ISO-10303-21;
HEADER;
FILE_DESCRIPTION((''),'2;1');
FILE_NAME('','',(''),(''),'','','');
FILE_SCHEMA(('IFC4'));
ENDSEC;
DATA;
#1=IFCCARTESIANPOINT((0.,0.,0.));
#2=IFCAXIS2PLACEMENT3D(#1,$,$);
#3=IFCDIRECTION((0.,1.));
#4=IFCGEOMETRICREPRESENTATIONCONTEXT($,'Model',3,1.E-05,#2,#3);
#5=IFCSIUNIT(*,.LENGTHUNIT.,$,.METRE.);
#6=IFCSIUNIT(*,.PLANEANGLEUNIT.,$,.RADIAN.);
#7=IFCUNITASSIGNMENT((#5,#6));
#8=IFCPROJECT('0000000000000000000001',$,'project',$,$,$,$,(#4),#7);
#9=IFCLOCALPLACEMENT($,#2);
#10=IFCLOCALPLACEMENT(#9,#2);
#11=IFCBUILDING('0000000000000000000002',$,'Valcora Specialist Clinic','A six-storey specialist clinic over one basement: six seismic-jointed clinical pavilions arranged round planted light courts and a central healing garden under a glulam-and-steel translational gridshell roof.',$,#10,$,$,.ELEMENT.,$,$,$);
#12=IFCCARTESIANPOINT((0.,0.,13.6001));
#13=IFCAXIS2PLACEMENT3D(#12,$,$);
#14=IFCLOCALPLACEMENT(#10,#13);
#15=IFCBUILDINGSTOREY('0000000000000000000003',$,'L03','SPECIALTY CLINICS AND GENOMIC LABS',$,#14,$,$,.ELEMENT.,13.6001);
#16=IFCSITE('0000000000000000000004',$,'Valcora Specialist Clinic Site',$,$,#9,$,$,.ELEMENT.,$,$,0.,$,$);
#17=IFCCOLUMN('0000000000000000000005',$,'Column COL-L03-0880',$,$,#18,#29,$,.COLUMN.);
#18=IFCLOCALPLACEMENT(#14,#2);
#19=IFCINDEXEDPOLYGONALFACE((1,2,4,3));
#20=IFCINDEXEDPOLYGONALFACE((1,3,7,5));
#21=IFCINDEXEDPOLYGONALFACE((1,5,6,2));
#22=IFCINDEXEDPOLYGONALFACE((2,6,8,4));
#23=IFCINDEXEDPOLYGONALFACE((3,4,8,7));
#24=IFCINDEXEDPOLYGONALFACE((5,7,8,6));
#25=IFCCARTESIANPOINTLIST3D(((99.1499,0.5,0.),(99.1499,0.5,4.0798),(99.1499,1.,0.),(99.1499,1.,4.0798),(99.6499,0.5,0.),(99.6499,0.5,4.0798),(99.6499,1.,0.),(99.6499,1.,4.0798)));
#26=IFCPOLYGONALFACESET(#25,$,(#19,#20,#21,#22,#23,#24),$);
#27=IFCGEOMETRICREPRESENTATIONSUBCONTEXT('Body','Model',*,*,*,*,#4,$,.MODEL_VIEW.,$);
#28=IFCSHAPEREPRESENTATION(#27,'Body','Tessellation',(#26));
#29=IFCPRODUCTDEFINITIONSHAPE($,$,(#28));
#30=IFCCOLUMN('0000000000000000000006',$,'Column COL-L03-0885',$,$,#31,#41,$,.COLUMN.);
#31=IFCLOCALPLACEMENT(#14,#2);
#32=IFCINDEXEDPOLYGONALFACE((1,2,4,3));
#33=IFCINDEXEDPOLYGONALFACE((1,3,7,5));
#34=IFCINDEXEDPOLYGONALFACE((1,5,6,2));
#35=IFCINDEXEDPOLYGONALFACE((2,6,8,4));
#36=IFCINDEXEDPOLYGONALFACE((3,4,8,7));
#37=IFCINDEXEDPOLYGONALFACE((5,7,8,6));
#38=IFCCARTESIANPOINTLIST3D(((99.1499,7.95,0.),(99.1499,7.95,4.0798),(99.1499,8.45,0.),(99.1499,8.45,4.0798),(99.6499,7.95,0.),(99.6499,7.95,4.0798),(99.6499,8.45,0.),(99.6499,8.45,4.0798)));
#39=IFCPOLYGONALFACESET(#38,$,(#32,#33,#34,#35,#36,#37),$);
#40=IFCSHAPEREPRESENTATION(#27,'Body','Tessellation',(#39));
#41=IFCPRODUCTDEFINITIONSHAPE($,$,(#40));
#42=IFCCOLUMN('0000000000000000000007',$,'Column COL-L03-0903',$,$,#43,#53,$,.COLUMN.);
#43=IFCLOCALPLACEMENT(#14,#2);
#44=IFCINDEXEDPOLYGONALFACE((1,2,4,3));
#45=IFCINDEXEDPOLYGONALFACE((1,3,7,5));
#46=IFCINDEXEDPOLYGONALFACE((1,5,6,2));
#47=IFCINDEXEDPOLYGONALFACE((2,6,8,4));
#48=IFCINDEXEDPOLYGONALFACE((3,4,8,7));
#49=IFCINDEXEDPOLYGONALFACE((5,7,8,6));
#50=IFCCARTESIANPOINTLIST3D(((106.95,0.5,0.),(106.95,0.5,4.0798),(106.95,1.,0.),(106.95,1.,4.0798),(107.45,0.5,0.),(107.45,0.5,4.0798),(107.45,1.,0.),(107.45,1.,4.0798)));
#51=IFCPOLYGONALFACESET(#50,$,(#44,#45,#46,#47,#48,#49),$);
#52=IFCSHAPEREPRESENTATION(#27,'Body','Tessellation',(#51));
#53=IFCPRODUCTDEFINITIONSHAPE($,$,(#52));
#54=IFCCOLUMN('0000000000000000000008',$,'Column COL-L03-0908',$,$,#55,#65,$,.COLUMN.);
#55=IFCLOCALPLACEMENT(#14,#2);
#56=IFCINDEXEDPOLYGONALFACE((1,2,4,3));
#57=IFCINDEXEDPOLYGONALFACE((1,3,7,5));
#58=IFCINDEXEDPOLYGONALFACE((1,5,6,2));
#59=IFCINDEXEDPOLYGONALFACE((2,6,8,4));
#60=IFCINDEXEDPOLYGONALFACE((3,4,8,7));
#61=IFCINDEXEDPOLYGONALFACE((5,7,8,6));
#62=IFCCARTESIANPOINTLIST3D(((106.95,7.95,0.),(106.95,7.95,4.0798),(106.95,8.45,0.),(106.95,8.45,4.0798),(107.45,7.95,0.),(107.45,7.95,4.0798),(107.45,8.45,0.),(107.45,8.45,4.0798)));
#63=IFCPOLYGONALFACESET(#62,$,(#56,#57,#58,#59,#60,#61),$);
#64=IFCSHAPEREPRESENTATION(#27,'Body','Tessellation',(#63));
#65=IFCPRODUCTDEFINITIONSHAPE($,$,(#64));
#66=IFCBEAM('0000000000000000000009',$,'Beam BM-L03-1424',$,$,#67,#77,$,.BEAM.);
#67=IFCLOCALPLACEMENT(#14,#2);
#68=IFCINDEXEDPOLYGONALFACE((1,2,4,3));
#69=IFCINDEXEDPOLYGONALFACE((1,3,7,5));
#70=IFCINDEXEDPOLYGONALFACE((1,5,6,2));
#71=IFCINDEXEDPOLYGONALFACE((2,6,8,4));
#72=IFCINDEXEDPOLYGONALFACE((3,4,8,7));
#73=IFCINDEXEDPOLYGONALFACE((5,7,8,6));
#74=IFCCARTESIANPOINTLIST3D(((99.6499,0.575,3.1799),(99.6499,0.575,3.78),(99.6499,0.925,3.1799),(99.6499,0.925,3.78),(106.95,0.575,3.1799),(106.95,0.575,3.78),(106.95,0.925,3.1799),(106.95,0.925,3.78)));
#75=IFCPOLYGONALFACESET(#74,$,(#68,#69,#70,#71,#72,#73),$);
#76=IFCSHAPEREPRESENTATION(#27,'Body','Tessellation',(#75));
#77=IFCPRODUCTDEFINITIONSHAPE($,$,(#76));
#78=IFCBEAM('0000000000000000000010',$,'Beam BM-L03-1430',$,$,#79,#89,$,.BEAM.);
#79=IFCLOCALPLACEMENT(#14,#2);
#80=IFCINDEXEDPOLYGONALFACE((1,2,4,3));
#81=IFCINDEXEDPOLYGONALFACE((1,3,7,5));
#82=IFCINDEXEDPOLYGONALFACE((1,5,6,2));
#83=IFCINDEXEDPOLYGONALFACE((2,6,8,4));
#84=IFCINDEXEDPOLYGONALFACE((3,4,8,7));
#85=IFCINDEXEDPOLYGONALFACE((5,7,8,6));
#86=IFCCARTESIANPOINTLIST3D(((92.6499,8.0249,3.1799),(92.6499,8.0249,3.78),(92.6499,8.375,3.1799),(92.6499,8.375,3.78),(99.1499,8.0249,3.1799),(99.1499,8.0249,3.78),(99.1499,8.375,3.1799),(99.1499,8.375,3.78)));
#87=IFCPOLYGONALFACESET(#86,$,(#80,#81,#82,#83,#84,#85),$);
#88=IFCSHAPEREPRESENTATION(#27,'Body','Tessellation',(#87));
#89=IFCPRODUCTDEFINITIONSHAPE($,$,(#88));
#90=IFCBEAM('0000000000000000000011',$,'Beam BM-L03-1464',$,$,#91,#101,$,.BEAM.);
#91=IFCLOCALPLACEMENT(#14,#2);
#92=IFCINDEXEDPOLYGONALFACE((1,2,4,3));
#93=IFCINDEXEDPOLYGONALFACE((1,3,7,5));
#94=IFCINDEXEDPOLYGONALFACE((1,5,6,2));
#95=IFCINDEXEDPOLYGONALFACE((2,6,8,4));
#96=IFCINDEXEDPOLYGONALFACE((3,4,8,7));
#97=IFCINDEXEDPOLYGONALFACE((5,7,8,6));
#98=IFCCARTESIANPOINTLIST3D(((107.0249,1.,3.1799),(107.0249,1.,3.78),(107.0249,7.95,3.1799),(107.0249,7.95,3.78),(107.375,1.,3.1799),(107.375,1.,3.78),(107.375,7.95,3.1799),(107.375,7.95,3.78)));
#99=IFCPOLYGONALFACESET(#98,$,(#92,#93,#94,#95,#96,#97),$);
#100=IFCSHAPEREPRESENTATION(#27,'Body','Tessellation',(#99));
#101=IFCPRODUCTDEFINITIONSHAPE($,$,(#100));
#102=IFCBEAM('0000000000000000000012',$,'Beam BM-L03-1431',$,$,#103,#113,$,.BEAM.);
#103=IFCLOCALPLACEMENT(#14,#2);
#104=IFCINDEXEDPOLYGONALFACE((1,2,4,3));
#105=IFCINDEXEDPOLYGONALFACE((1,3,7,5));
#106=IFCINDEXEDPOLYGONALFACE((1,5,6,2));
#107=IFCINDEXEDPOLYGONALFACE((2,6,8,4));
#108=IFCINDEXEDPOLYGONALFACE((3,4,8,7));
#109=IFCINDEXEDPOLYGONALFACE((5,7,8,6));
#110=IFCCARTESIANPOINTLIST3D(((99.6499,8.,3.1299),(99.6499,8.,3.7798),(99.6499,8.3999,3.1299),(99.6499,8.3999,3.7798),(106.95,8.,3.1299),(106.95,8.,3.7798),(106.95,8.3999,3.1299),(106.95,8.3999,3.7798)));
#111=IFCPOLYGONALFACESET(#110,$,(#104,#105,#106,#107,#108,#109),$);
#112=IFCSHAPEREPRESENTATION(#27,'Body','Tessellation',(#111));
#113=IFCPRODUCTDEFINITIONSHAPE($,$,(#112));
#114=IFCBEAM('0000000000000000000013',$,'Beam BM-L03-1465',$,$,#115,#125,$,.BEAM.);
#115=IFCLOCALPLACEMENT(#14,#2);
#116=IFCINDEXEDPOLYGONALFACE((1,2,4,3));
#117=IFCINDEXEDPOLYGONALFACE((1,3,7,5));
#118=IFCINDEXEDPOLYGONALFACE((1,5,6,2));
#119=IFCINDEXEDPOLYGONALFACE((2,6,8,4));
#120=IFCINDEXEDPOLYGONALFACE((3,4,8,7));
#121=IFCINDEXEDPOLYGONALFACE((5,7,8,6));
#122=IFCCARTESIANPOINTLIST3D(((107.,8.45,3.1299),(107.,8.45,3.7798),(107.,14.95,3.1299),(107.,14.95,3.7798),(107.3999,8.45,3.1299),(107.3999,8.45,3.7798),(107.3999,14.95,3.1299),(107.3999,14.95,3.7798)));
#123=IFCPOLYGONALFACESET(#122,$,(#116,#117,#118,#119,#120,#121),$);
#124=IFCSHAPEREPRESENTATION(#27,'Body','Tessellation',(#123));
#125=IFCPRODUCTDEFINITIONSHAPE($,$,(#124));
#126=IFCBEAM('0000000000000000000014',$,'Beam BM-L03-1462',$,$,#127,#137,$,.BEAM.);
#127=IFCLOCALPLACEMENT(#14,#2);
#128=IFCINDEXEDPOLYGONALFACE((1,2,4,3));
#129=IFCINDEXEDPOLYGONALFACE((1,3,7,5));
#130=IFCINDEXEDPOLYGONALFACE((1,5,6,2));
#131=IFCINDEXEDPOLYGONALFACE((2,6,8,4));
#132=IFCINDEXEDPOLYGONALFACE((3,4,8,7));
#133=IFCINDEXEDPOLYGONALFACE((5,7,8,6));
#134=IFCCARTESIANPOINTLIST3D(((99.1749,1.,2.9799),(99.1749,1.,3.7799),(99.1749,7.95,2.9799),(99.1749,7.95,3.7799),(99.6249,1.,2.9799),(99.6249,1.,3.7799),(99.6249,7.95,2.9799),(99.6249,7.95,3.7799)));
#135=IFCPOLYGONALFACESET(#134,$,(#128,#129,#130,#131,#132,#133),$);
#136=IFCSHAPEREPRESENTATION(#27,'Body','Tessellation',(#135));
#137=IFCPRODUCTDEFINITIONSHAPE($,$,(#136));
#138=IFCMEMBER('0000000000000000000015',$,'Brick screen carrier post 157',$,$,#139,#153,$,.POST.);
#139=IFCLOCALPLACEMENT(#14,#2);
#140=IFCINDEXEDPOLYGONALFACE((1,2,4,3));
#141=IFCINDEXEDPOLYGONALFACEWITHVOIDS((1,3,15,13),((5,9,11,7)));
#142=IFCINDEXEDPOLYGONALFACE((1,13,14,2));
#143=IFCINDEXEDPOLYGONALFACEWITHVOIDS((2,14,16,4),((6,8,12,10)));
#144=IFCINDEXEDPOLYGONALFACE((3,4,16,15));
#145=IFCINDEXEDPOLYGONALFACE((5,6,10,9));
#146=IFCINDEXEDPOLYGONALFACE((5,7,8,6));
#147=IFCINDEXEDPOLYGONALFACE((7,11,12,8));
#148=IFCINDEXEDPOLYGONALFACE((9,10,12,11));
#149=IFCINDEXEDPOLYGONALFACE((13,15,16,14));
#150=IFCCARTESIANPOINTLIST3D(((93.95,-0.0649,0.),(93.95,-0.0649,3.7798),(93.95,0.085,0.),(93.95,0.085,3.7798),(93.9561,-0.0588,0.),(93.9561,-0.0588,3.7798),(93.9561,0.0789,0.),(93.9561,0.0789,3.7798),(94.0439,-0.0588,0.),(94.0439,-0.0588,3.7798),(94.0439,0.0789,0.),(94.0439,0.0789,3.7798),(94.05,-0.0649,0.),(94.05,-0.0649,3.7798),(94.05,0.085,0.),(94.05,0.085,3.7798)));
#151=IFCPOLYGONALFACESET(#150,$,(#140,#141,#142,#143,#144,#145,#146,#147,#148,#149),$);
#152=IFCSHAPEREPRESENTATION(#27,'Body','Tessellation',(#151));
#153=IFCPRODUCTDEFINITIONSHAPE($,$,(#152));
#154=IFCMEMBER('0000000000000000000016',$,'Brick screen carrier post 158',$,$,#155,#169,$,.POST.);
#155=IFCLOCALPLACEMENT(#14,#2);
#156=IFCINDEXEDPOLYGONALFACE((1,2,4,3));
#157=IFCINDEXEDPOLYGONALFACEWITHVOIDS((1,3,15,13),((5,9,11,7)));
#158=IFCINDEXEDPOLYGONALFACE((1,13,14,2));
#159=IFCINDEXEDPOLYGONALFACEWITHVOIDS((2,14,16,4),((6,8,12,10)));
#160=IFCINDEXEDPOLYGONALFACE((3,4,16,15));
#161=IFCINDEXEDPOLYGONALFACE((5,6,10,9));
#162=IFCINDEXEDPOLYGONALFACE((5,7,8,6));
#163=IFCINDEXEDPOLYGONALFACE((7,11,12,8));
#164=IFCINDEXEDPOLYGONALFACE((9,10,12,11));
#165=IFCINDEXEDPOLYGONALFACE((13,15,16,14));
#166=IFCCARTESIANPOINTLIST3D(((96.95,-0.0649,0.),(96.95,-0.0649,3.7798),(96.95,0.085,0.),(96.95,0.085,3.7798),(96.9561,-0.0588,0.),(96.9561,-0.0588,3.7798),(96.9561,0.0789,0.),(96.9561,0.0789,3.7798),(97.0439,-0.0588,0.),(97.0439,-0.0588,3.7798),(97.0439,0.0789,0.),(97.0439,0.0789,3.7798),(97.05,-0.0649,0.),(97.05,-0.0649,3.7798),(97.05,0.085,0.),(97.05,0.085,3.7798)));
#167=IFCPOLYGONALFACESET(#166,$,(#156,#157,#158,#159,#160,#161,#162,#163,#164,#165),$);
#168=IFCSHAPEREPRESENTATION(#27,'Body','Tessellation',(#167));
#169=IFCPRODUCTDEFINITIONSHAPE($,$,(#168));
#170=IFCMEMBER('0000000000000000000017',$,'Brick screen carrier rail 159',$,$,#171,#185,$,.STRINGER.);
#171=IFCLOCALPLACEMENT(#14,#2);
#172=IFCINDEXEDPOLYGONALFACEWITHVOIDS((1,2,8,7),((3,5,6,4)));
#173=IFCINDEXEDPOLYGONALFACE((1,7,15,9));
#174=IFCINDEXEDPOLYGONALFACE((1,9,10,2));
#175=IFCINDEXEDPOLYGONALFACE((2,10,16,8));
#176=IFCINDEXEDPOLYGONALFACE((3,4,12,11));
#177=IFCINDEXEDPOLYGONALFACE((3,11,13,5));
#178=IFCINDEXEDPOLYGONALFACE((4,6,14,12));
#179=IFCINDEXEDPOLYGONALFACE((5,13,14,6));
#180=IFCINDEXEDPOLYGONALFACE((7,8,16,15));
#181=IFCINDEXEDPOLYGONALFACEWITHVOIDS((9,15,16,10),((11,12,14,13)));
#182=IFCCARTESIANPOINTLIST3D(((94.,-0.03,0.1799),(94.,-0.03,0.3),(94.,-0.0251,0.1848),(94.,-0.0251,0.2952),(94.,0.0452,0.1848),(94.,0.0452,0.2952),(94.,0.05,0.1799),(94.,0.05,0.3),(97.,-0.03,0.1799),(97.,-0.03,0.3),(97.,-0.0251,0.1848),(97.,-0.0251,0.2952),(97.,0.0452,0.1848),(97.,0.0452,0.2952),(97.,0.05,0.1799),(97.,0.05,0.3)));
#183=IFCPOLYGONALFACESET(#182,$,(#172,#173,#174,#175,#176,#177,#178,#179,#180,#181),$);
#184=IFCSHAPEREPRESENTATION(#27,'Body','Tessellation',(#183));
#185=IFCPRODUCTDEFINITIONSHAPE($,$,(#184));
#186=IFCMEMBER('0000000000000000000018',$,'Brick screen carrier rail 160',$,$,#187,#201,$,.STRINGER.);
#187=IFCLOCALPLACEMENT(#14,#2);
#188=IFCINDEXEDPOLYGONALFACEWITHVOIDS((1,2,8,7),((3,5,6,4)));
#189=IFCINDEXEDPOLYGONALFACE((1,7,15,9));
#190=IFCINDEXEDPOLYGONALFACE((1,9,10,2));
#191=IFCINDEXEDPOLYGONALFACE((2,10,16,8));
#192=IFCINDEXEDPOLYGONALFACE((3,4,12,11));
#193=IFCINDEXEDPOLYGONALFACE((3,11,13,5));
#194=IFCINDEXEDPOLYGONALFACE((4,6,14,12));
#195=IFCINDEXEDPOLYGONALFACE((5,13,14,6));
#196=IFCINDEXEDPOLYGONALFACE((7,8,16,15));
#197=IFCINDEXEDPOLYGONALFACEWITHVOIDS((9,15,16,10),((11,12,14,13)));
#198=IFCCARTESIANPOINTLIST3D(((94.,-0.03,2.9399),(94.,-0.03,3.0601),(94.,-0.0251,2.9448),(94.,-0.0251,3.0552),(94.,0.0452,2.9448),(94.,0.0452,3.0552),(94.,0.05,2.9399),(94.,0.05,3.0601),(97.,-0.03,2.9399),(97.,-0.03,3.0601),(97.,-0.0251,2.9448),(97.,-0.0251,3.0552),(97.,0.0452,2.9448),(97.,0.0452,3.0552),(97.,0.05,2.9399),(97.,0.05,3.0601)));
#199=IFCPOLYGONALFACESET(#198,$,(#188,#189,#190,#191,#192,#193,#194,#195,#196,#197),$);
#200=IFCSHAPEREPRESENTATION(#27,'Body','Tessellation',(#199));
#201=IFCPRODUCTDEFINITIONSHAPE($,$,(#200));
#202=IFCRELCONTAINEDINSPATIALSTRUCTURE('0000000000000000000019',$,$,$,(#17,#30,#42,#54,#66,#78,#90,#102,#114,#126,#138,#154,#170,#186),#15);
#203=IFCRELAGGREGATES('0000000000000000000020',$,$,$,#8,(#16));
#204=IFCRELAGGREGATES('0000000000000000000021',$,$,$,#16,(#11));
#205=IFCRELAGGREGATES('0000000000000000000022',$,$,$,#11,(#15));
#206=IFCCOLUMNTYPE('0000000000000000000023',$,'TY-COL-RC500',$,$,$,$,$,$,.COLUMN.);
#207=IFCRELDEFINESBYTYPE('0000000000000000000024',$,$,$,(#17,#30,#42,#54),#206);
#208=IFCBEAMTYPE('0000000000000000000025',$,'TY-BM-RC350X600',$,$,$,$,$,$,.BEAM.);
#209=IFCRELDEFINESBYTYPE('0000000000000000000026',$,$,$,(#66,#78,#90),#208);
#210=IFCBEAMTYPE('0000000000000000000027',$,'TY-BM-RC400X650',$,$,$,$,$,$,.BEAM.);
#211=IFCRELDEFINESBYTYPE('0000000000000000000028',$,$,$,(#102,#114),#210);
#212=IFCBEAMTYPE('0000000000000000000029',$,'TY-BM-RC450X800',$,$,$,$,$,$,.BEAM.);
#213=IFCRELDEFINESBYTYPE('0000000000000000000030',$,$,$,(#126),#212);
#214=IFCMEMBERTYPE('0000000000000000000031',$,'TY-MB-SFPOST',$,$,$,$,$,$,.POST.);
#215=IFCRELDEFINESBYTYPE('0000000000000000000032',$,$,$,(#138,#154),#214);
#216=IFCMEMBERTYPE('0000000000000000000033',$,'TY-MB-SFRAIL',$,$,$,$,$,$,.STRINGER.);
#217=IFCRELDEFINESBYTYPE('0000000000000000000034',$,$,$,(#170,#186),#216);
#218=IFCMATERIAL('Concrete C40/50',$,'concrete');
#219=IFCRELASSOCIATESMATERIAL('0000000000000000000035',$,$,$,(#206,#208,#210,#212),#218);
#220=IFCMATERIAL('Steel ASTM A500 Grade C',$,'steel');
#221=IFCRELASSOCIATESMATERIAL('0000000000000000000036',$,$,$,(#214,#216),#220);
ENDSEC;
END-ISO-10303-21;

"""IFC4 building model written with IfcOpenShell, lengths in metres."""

from ifc_helpers import new_model, si_unit, direction, frame, origin, origin_2d, place, context, subcontext, project, spatial, rectangle, hollow_rectangle, extrude, material, material_profile, profile_set, type_object, element, save


model = new_model("IFC4")

# Units and contexts
model_context = context("Model", 3, precision=1e-05, world=origin(), true_north=direction((0.0, 1.0)))
body_context = subcontext(model_context, "Body", "Model", "MODEL_VIEW")
ifc_project = project(units=[si_unit("LENGTHUNIT", "METRE"), si_unit("PLANEANGLEUNIT", "RADIAN")], contexts=[model_context])

# Site, building, storey
site_placement = place(None, origin())
site = spatial("IfcSite", under=ifc_project, at=site_placement, Name="Valcora Specialist Clinic Site", CompositionType="ELEMENT", RefElevation=0.0)
building_placement = place(site_placement, origin())
building = spatial("IfcBuilding", under=site, at=building_placement, Name="Valcora Specialist Clinic", Description="A six-storey specialist clinic over one basement: six seismic-jointed clinical pavilions arranged round planted light courts and a central healing garden under a glulam-and-steel translational gridshell roof.", CompositionType="ELEMENT")
storey_placement = place(building_placement, frame((0.0, 0.0, 13.6001)))
storey = spatial("IfcBuildingStorey", under=building, at=storey_placement, Name="L03", Description="SPECIALTY CLINICS AND GENOMIC LABS", CompositionType="ELEMENT", Elevation=13.6001)

# Columns
ifc_material_1 = material(Name="Concrete C40/50", Category="concrete")
ifc_material_profile_1 = material_profile(ifc_material_1, rectangle(XDim=0.5, YDim=0.5, at=origin_2d()), Name="RC-COL-500X500")
ifc_profile_set_1 = profile_set([ifc_material_profile_1], Name="Concrete C40/50")
column_type = type_object("IfcColumnType", Name="TY-COL-RC500", PredefinedType="COLUMN", material=ifc_profile_set_1)
for number, where, z_axis, x_axis, name in (
    (1, (99.3999, 0.75, 0.0), (0.0, 0.0, 1.0), (1.0, 0.0, 0.0), "Column COL-L03-0880"),
    (2, (99.3999, 8.2, 0.0), (0.0, 0.0, 1.0), (1.0, 0.0, 0.0), "Column COL-L03-0885"),
    (3, (107.2, 0.75, 0.0), (0.0, 0.0, 1.0), (1.0, 0.0, 0.0), "Column COL-L03-0903"),
    (4, (107.2, 8.2, 0.0), (0.0, 0.0, 1.0), (1.0, 0.0, 0.0), "Column COL-L03-0908"),
):
    element("IfcColumn", number, at=place(storey_placement, frame(where, z_axis=z_axis, x_axis=x_axis)), inside=storey, type_object=column_type, Name=name, PredefinedType="COLUMN", context=body_context, shape_type="SweptSolid", body=[
        extrude(rectangle(XDim=0.5, YDim=0.5, at=origin_2d()), origin(), (0.0, 0.0, 1.0), 4.0798),
    ])

# Beams
ifc_material_profile_2 = material_profile(ifc_material_1, rectangle(XDim=0.3501, YDim=0.6001, at=origin_2d()), Name="RC-BM-350X600")
ifc_profile_set_2 = profile_set([ifc_material_profile_2], Name="Concrete C40/50")
beam_type_1 = type_object("IfcBeamType", Name="TY-BM-RC350X600", PredefinedType="BEAM", material=ifc_profile_set_2)
beam_1_placement = place(storey_placement, frame((99.6499, 0.75, 3.48), z_axis=(1.0, 0.0, 0.0), x_axis=(0.0, 1.0, 0.0)))
element("IfcBeam", 5, at=beam_1_placement, inside=storey, type_object=beam_type_1, Name="Beam BM-L03-1424", PredefinedType="BEAM", context=body_context, shape_type="SweptSolid", body=[
    extrude(rectangle(XDim=0.3501, YDim=0.6001, at=origin_2d()), origin(), (0.0, 0.0, 1.0), 7.3),
])
beam_2_placement = place(storey_placement, frame((92.6499, 8.2, 3.48), z_axis=(1.0, 0.0, 0.0), x_axis=(0.0, 1.0, 0.0)))
element("IfcBeam", 6, at=beam_2_placement, inside=storey, type_object=beam_type_1, Name="Beam BM-L03-1430", PredefinedType="BEAM", context=body_context, shape_type="SweptSolid", body=[
    extrude(rectangle(XDim=0.3501, YDim=0.6001, at=origin_2d()), origin(), (0.0, 0.0, 1.0), 6.5),
])
beam_3_placement = place(storey_placement, frame((107.2, 1.0, 3.48), z_axis=(0.0, 1.0, 0.0), x_axis=(-1.0, 0.0, 0.0)))
element("IfcBeam", 7, at=beam_3_placement, inside=storey, type_object=beam_type_1, Name="Beam BM-L03-1464", PredefinedType="BEAM", context=body_context, shape_type="SweptSolid", body=[
    extrude(rectangle(XDim=0.3501, YDim=0.6001, at=origin_2d()), origin(), (0.0, 0.0, 1.0), 6.95),
])
ifc_material_profile_3 = material_profile(ifc_material_1, rectangle(XDim=0.3999, YDim=0.6499, at=origin_2d()), Name="RC-BM-400X650")
ifc_profile_set_3 = profile_set([ifc_material_profile_3], Name="Concrete C40/50")
beam_type_2 = type_object("IfcBeamType", Name="TY-BM-RC400X650", PredefinedType="BEAM", material=ifc_profile_set_3)
beam_4_placement = place(storey_placement, frame((99.6499, 8.2, 3.4548), z_axis=(1.0, 0.0, 0.0), x_axis=(0.0, 1.0, 0.0)))
element("IfcBeam", 8, at=beam_4_placement, inside=storey, type_object=beam_type_2, Name="Beam BM-L03-1431", PredefinedType="BEAM", context=body_context, shape_type="SweptSolid", body=[
    extrude(rectangle(XDim=0.3999, YDim=0.6499, at=origin_2d()), origin(), (0.0, 0.0, 1.0), 7.3),
])
beam_5_placement = place(storey_placement, frame((107.2, 8.45, 3.4548), z_axis=(0.0, 1.0, 0.0), x_axis=(-1.0, 0.0, 0.0)))
element("IfcBeam", 9, at=beam_5_placement, inside=storey, type_object=beam_type_2, Name="Beam BM-L03-1465", PredefinedType="BEAM", context=body_context, shape_type="SweptSolid", body=[
    extrude(rectangle(XDim=0.3999, YDim=0.6499, at=origin_2d()), origin(), (0.0, 0.0, 1.0), 6.5),
])
ifc_material_profile_4 = material_profile(ifc_material_1, rectangle(XDim=0.45, YDim=0.8, at=origin_2d()), Name="RC-BM-450X800")
ifc_profile_set_4 = profile_set([ifc_material_profile_4], Name="Concrete C40/50")
beam_type_3 = type_object("IfcBeamType", Name="TY-BM-RC450X800", PredefinedType="BEAM", material=ifc_profile_set_4)
beam_6_placement = place(storey_placement, frame((99.3999, 1.0, 3.3799), z_axis=(0.0, 1.0, 0.0), x_axis=(-1.0, 0.0, 0.0)))
element("IfcBeam", 10, at=beam_6_placement, inside=storey, type_object=beam_type_3, Name="Beam BM-L03-1462", PredefinedType="BEAM", context=body_context, shape_type="SweptSolid", body=[
    extrude(rectangle(XDim=0.45, YDim=0.8, at=origin_2d()), origin(), (0.0, 0.0, 1.0), 6.95),
])

# Members
ifc_material_2 = material(Name="Steel ASTM A500 Grade C", Category="steel")
ifc_material_profile_5 = material_profile(ifc_material_2, hollow_rectangle(XDim=0.1001, YDim=0.1499, WallThickness=0.0061, at=origin_2d()), Name="ST-RHS-150X100X6")
ifc_profile_set_5 = profile_set([ifc_material_profile_5], Name="Steel ASTM A500 Grade C")
member_type_1 = type_object("IfcMemberType", Name="TY-MB-SFPOST", PredefinedType="POST", material=ifc_profile_set_5)
for number, where, z_axis, x_axis, name in (
    (11, (94.0, 0.01, 0.0), (0.0, 0.0, 1.0), (1.0, 0.0, 0.0), "Brick screen carrier post 157"),
    (12, (97.0, 0.01, 0.0), (0.0, 0.0, 1.0), (1.0, 0.0, 0.0), "Brick screen carrier post 158"),
):
    element("IfcMember", number, at=place(storey_placement, frame(where, z_axis=z_axis, x_axis=x_axis)), inside=storey, type_object=member_type_1, Name=name, PredefinedType="POST", context=body_context, shape_type="SweptSolid", body=[
        extrude(hollow_rectangle(XDim=0.1001, YDim=0.1499, WallThickness=0.0061, at=origin_2d()), origin(), (0.0, 0.0, 1.0), 3.7798),
    ])
ifc_material_profile_6 = material_profile(ifc_material_2, hollow_rectangle(XDim=0.0801, YDim=0.1201, WallThickness=0.0049, at=origin_2d()), Name="ST-RHS-120X80X5")
ifc_profile_set_6 = profile_set([ifc_material_profile_6], Name="Steel ASTM A500 Grade C")
member_type_2 = type_object("IfcMemberType", Name="TY-MB-SFRAIL", PredefinedType="STRINGER", material=ifc_profile_set_6)
for number, where, z_axis, x_axis, name in (
    (13, (94.0, 0.01, 0.24), (1.0, 0.0, 0.0), (0.0, 1.0, 0.0), "Brick screen carrier rail 159"),
    (14, (94.0, 0.01, 3.0), (1.0, 0.0, 0.0), (0.0, 1.0, 0.0), "Brick screen carrier rail 160"),
):
    element("IfcMember", number, at=place(storey_placement, frame(where, z_axis=z_axis, x_axis=x_axis)), inside=storey, type_object=member_type_2, Name=name, PredefinedType="STRINGER", context=body_context, shape_type="SweptSolid", body=[
        extrude(hollow_rectangle(XDim=0.0801, YDim=0.1201, WallThickness=0.0049, at=origin_2d()), origin(), (0.0, 0.0, 1.0), 3.0),
    ])

save(model, "model.ifc")
